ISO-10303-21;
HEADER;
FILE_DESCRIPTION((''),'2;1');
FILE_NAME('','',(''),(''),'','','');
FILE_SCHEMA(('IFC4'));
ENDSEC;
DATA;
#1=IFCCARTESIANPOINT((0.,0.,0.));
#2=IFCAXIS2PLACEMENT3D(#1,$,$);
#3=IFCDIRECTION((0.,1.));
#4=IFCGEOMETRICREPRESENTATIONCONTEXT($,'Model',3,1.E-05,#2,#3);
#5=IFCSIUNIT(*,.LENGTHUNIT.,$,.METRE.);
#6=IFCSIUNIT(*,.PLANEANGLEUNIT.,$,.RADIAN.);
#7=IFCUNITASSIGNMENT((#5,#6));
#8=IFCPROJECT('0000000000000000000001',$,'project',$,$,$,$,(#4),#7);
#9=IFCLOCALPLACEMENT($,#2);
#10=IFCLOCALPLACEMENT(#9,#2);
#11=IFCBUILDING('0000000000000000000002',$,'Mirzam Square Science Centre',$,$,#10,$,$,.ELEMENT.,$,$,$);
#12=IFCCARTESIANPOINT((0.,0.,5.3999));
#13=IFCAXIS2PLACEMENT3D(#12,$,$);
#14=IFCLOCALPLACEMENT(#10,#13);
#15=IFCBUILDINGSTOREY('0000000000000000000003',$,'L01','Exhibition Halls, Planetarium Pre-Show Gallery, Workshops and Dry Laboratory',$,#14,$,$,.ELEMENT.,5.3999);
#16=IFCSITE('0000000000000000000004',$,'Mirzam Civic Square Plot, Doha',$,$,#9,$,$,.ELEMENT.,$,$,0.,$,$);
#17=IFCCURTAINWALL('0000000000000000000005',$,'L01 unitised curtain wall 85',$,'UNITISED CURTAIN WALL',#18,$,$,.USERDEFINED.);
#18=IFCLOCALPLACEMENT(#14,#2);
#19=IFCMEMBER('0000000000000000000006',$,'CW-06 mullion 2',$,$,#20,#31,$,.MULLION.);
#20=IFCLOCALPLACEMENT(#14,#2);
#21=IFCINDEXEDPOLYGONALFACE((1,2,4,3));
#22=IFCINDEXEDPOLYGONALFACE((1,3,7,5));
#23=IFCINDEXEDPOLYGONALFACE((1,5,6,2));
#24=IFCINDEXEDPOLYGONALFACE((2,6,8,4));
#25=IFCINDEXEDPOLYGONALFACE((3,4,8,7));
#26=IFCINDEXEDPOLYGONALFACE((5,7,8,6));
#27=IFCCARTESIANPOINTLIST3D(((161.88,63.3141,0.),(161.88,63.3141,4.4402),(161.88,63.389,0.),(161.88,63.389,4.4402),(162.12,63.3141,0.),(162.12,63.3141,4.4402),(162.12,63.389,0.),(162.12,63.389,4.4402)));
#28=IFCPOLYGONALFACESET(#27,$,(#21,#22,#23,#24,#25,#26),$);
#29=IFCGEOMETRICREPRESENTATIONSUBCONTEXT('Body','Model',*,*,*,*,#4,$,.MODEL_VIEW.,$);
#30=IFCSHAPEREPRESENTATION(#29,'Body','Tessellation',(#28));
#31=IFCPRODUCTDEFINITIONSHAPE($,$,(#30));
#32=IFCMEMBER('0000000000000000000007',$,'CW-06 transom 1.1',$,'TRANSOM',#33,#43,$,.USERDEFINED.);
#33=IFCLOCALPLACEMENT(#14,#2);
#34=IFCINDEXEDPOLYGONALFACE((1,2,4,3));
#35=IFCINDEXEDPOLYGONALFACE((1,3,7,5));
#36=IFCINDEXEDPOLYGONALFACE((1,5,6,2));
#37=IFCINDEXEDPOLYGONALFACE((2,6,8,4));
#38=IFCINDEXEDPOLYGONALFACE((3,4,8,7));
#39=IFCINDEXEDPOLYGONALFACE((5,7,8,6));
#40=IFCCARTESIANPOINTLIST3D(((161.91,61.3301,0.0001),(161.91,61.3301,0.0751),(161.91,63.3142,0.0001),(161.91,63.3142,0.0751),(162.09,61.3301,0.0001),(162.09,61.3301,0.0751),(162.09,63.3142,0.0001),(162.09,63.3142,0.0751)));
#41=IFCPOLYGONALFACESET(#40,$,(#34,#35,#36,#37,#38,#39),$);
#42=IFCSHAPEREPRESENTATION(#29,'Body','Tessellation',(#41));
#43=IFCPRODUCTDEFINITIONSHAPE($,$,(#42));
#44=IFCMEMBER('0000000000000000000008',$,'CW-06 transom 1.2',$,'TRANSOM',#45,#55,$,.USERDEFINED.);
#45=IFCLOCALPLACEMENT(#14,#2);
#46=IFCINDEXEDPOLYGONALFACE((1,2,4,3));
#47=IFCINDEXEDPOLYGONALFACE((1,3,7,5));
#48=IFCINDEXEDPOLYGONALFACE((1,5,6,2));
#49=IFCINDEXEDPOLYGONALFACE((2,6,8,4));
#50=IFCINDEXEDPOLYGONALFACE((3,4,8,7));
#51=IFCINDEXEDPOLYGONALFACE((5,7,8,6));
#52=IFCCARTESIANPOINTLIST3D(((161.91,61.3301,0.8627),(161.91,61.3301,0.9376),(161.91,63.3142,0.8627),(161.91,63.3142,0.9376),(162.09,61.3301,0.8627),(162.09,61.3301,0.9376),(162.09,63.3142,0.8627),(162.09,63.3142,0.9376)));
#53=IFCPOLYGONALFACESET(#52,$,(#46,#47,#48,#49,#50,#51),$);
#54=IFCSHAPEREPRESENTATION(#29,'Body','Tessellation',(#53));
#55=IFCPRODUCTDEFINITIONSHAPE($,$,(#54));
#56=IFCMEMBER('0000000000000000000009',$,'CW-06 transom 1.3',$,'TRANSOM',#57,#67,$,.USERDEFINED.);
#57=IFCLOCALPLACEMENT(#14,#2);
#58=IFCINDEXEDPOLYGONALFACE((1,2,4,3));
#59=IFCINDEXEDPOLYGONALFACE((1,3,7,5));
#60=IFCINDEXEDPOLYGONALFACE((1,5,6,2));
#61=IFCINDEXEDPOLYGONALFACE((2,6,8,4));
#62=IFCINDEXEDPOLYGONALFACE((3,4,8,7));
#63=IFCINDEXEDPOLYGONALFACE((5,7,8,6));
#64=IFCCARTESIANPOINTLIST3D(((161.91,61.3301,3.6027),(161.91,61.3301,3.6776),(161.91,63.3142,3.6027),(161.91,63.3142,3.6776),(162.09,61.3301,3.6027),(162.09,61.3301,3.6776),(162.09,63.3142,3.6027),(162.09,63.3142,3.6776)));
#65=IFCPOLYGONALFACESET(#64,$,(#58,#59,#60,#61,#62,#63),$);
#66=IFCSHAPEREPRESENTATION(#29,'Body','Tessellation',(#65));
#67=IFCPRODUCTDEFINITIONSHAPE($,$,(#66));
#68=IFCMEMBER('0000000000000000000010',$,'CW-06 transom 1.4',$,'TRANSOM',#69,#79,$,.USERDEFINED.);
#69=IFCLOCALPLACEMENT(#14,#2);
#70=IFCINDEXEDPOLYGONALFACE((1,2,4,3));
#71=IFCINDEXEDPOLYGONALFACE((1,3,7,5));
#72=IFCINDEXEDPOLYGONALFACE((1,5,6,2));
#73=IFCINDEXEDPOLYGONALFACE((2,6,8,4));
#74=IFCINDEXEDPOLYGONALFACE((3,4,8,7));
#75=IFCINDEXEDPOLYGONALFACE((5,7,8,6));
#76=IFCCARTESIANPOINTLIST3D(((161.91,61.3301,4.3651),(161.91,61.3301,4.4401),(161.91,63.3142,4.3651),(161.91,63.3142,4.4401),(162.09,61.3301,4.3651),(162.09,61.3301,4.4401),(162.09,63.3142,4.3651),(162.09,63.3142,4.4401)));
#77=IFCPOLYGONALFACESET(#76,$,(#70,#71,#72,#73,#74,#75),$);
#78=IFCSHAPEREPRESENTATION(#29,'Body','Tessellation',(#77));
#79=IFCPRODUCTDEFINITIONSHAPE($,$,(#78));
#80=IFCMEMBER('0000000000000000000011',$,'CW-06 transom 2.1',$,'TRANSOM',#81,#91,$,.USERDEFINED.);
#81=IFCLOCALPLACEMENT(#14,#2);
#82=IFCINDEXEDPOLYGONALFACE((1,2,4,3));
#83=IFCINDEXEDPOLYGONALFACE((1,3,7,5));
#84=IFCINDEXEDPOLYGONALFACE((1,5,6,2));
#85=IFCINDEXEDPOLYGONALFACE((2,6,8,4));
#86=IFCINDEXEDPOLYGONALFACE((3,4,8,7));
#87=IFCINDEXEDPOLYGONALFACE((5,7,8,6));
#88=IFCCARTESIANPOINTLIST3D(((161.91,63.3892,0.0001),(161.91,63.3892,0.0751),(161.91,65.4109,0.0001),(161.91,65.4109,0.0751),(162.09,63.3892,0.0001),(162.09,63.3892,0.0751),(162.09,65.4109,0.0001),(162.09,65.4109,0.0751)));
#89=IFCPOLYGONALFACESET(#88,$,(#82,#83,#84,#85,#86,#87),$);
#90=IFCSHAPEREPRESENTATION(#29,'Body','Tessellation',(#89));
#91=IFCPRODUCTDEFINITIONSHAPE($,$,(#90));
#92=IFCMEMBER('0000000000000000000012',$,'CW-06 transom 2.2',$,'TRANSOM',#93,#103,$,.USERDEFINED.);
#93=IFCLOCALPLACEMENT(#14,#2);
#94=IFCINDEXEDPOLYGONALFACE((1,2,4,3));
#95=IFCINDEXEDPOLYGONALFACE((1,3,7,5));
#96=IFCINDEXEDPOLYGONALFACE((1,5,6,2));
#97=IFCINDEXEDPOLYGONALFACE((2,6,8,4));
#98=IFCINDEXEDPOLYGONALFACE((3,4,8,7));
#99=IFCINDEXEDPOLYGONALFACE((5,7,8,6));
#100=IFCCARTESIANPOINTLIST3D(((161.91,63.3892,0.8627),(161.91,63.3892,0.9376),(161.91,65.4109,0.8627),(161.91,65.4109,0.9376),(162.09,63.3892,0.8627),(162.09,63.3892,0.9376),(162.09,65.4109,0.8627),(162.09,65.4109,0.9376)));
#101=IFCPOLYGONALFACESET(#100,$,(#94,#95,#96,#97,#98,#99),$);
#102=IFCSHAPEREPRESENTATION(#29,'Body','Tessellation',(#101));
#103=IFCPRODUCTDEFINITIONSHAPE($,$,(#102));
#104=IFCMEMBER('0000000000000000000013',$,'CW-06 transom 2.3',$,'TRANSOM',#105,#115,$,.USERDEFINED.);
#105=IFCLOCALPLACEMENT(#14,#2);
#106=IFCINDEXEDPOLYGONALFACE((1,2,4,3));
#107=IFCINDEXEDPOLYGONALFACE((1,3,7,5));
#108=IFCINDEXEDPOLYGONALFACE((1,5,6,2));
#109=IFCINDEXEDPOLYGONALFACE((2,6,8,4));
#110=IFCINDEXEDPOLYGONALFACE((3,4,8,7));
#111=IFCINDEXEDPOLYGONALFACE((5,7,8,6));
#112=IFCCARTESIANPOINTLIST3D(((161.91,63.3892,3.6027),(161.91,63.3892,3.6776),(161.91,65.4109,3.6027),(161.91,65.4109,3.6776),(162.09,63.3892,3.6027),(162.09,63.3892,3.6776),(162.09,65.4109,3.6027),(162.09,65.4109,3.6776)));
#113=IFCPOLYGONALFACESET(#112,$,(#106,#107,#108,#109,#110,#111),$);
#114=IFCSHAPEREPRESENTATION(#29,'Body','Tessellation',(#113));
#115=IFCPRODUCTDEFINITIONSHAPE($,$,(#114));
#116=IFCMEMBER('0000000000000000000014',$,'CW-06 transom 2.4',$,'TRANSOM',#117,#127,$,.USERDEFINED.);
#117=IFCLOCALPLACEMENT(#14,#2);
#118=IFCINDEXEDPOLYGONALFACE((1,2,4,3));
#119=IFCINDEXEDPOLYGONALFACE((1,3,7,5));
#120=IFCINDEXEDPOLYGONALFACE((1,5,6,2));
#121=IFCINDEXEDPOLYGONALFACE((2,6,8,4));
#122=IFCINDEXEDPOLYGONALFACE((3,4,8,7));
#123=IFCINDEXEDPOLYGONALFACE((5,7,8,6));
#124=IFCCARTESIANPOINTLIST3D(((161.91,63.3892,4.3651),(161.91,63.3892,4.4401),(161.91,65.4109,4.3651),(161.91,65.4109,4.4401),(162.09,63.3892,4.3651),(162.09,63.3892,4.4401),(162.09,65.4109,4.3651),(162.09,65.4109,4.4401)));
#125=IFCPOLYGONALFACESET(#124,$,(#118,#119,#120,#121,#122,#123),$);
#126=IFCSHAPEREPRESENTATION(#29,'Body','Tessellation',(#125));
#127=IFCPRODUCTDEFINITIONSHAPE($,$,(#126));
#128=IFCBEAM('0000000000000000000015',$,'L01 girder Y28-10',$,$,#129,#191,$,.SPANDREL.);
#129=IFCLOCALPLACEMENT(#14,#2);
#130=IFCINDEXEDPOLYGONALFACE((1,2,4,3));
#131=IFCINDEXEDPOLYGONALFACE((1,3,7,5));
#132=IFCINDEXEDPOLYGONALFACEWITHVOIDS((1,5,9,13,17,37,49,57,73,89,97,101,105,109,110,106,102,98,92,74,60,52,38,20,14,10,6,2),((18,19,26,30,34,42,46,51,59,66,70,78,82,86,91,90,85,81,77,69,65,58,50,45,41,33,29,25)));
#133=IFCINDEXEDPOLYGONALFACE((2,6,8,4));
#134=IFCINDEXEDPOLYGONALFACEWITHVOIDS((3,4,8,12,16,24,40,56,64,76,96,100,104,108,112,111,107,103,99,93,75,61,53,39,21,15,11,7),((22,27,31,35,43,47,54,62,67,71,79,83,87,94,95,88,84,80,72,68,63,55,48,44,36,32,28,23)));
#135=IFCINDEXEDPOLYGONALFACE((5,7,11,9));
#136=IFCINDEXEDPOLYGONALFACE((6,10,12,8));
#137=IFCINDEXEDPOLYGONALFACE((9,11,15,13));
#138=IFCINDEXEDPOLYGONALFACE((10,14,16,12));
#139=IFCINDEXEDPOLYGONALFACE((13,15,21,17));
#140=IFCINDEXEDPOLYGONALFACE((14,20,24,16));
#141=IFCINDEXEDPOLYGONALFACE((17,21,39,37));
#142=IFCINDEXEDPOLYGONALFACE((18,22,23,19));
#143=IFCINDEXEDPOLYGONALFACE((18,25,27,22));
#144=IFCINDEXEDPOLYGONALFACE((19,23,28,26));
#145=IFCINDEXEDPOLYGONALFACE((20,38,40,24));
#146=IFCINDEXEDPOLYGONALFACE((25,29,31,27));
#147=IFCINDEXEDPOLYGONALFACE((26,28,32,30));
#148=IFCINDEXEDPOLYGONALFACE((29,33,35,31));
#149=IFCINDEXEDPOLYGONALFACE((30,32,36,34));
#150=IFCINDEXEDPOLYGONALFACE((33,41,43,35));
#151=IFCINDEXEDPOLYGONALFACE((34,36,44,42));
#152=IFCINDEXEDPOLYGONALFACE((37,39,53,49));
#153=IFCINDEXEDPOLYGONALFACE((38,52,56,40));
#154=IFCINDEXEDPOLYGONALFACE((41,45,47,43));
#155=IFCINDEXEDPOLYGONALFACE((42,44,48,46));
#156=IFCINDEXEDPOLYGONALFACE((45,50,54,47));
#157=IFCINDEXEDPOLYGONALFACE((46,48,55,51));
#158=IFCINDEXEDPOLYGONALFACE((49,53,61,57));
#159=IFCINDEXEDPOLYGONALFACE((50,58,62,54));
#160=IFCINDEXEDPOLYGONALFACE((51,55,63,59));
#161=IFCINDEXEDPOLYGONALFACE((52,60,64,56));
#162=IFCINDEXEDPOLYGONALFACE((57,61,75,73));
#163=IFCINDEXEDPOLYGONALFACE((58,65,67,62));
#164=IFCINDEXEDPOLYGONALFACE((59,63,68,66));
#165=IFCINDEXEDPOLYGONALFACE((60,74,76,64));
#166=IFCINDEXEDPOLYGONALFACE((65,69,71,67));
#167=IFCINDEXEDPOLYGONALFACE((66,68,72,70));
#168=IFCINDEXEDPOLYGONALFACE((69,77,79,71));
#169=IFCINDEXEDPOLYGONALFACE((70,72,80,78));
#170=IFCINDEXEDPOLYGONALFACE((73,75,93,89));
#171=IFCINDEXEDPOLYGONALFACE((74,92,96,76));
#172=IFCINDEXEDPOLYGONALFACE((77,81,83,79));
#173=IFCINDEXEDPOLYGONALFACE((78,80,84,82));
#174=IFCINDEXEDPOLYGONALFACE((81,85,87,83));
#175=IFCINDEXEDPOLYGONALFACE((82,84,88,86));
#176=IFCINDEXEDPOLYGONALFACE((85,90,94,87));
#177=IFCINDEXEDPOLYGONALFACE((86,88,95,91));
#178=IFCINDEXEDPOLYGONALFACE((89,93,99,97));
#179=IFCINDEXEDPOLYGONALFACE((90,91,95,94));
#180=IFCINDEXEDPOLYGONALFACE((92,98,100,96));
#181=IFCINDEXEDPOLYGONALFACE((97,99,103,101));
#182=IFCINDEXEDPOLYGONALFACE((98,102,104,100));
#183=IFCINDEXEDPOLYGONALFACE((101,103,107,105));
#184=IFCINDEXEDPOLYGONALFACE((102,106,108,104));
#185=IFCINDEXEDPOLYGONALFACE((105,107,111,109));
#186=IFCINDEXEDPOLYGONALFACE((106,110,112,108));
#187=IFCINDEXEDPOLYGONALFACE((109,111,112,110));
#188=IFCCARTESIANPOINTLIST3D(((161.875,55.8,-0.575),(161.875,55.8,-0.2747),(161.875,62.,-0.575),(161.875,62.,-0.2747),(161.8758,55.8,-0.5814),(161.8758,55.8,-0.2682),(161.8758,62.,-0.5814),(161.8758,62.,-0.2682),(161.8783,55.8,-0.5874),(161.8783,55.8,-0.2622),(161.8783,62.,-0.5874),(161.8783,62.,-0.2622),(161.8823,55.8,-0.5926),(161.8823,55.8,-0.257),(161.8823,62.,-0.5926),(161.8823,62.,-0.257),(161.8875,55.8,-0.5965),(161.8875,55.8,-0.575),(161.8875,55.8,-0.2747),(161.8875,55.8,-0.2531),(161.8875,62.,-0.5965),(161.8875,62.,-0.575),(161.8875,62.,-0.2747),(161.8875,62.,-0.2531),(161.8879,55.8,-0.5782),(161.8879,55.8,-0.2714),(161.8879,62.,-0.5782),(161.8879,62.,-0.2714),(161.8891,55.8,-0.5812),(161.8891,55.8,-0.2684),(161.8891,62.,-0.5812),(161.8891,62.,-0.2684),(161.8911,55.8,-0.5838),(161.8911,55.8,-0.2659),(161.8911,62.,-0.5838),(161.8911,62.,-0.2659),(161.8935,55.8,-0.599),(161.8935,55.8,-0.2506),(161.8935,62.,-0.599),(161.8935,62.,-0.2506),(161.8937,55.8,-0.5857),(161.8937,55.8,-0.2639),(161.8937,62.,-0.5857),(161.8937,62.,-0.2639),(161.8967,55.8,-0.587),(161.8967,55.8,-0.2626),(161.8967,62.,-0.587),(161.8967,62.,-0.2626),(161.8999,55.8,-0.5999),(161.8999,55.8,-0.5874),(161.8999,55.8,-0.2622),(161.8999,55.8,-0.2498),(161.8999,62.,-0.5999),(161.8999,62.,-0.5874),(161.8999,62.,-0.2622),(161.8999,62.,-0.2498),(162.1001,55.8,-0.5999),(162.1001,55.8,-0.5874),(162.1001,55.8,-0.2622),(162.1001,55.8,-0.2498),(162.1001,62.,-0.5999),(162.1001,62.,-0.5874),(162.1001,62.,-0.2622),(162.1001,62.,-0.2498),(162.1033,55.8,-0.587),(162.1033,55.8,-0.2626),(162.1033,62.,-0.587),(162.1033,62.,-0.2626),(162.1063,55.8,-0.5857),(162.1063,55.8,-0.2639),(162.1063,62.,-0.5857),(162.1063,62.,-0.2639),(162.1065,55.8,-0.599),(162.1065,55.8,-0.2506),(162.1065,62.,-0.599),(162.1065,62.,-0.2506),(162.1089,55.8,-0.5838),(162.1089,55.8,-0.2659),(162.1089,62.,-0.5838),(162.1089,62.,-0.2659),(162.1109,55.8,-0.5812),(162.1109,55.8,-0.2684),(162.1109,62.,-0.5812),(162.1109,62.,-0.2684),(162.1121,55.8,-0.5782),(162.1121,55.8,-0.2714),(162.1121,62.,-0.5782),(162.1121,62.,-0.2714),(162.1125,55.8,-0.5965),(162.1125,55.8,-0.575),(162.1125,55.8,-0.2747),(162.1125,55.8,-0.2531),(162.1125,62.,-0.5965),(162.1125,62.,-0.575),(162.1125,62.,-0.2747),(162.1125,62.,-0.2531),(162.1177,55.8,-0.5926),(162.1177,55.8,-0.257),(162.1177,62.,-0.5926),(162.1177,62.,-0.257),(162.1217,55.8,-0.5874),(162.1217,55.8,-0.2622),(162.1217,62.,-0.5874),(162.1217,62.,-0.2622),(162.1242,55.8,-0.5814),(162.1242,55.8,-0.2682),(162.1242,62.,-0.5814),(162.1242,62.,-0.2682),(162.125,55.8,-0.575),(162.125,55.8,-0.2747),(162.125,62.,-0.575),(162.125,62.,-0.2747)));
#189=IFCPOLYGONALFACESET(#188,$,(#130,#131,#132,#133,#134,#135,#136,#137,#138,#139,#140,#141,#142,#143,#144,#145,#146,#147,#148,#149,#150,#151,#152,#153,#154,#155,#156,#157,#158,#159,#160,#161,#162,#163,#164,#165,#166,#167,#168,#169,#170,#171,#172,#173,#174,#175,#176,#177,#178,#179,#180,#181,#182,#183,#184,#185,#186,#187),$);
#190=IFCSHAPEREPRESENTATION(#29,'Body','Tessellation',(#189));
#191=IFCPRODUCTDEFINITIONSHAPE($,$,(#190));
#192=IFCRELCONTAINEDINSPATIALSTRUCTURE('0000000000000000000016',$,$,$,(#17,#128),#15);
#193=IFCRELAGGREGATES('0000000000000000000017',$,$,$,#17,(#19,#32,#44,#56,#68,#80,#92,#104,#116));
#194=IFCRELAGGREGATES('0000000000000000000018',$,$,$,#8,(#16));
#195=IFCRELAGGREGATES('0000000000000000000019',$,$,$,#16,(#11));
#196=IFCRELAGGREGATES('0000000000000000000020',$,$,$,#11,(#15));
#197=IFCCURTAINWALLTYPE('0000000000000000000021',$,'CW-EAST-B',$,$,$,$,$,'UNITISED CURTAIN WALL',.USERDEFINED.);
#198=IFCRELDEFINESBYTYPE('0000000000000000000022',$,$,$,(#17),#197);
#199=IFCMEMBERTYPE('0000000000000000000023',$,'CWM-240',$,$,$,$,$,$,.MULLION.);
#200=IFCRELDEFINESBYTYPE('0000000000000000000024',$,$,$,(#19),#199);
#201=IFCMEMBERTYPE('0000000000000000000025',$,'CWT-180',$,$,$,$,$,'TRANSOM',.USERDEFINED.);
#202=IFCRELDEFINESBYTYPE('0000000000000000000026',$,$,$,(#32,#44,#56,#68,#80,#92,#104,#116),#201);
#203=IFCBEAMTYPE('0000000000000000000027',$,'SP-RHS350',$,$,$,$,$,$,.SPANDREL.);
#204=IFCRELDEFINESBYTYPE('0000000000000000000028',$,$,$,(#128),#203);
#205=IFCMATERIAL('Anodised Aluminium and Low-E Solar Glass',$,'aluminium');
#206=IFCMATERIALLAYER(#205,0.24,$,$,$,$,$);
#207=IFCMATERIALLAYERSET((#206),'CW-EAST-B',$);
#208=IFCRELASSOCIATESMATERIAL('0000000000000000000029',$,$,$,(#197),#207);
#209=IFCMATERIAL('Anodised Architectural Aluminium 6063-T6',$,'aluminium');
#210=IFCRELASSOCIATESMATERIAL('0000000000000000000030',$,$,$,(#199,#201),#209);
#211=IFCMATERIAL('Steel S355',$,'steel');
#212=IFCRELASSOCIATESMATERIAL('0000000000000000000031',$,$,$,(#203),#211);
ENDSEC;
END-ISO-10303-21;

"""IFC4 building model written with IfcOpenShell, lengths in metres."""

from ifc_helpers import new_model, si_unit, direction, frame, origin, origin_2d, place, context, subcontext, project, spatial, rectangle, hollow_rectangle, extrude, material, layer, layer_set, material_profile, profile_set, type_object, element, aggregate, save


model = new_model("IFC4")

# Units and contexts
model_context = context("Model", 3, precision=1e-05, world=origin(), true_north=direction((0.0, 1.0)))
body_context = subcontext(model_context, "Body", "Model", "MODEL_VIEW")
ifc_project = project(units=[si_unit("LENGTHUNIT", "METRE"), si_unit("PLANEANGLEUNIT", "RADIAN")], contexts=[model_context])

# Site, building, storey
site_placement = place(None, origin())
site = spatial("IfcSite", under=ifc_project, at=site_placement, Name="Mirzam Civic Square Plot, Doha", CompositionType="ELEMENT", RefElevation=0.0)
building_placement = place(site_placement, origin())
building = spatial("IfcBuilding", under=site, at=building_placement, Name="Mirzam Square Science Centre", CompositionType="ELEMENT")
storey_placement = place(building_placement, frame((0.0, 0.0, 5.3999)))
storey = spatial("IfcBuildingStorey", under=building, at=storey_placement, Name="L01", Description="Exhibition Halls, Planetarium Pre-Show Gallery, Workshops and Dry Laboratory", CompositionType="ELEMENT", Elevation=5.3999)

# Shared definitions
ifc_material_1 = material(Name="Steel S355", Category="steel")

# Curtain wall, members
ifc_material_2 = material(Name="Anodised Aluminium and Low-E Solar Glass", Category="aluminium")
ifc_layer_1 = layer(ifc_material_2, 0.24)
ifc_layer_set_1 = layer_set([ifc_layer_1], Name="CW-EAST-B")
curtain_wall_type = type_object("IfcCurtainWallType", Name="CW-EAST-B", ElementType="UNITISED CURTAIN WALL", PredefinedType="USERDEFINED", material=ifc_layer_set_1)
curtain_wall_placement = place(storey_placement, origin())
curtain_wall = element("IfcCurtainWall", 1, at=curtain_wall_placement, inside=storey, type_object=curtain_wall_type, Name="L01 unitised curtain wall 85", ObjectType="UNITISED CURTAIN WALL", PredefinedType="USERDEFINED")
ifc_material_3 = material(Name="Anodised Architectural Aluminium 6063-T6", Category="aluminium")
ifc_material_profile_1 = material_profile(ifc_material_3, rectangle(XDim=0.075, YDim=0.24, at=origin_2d()), Name="ALU-MULL-240x75x5")
ifc_profile_set_1 = profile_set([ifc_material_profile_1], Name="Anodised Architectural Aluminium 6063-T6")
member_type_1 = type_object("IfcMemberType", Name="CWM-240", PredefinedType="MULLION", material=ifc_profile_set_1)
member_1_placement = place(storey_placement, frame((162.0, 63.3516, 0.0), z_axis=(0.0, 0.0, 1.0), x_axis=(0.0, 1.0, 0.0)))
member_1 = element("IfcMember", 2, at=member_1_placement, type_object=member_type_1, Name="CW-06 mullion 2", PredefinedType="MULLION", context=body_context, shape_type="SweptSolid", body=[
    extrude(rectangle(XDim=0.075, YDim=0.24, at=origin_2d()), origin(), (0.0, 0.0, 1.0), 4.4402),
])
ifc_material_profile_2 = material_profile(ifc_material_3, rectangle(XDim=0.1799, YDim=0.075, at=origin_2d()), Name="ALU-TRAN-180x75x5")
ifc_profile_set_2 = profile_set([ifc_material_profile_2], Name="Anodised Architectural Aluminium 6063-T6")
member_type_2 = type_object("IfcMemberType", Name="CWT-180", ElementType="TRANSOM", PredefinedType="USERDEFINED", material=ifc_profile_set_2)
member_2_placement = place(storey_placement, frame((162.0, 61.3301, 0.0376), z_axis=(0.0, 1.0, 0.0), x_axis=(-1.0, 0.0, 0.0)))
member_2 = element("IfcMember", 3, at=member_2_placement, type_object=member_type_2, Name="CW-06 transom 1.1", ObjectType="TRANSOM", PredefinedType="USERDEFINED", context=body_context, shape_type="SweptSolid", body=[
    extrude(rectangle(XDim=0.1799, YDim=0.075, at=origin_2d()), origin(), (0.0, 0.0, 1.0), 1.9841),
])
member_3_placement = place(storey_placement, frame((162.0, 61.3301, 0.9001), z_axis=(0.0, 1.0, 0.0), x_axis=(-1.0, 0.0, 0.0)))
member_3 = element("IfcMember", 4, at=member_3_placement, type_object=member_type_2, Name="CW-06 transom 1.2", ObjectType="TRANSOM", PredefinedType="USERDEFINED", context=body_context, shape_type="SweptSolid", body=[
    extrude(rectangle(XDim=0.1799, YDim=0.075, at=origin_2d()), origin(), (0.0, 0.0, 1.0), 1.9841),
])
member_4_placement = place(storey_placement, frame((162.0, 61.3301, 3.6401), z_axis=(0.0, 1.0, 0.0), x_axis=(-1.0, 0.0, 0.0)))
member_4 = element("IfcMember", 5, at=member_4_placement, type_object=member_type_2, Name="CW-06 transom 1.3", ObjectType="TRANSOM", PredefinedType="USERDEFINED", context=body_context, shape_type="SweptSolid", body=[
    extrude(rectangle(XDim=0.1799, YDim=0.075, at=origin_2d()), origin(), (0.0, 0.0, 1.0), 1.9841),
])
member_5_placement = place(storey_placement, frame((162.0, 61.3301, 4.4026), z_axis=(0.0, 1.0, 0.0), x_axis=(-1.0, 0.0, 0.0)))
member_5 = element("IfcMember", 6, at=member_5_placement, type_object=member_type_2, Name="CW-06 transom 1.4", ObjectType="TRANSOM", PredefinedType="USERDEFINED", context=body_context, shape_type="SweptSolid", body=[
    extrude(rectangle(XDim=0.1799, YDim=0.075, at=origin_2d()), origin(), (0.0, 0.0, 1.0), 1.9841),
])
member_6_placement = place(storey_placement, frame((162.0, 63.3892, 0.0376), z_axis=(0.0, 1.0, 0.0), x_axis=(-1.0, 0.0, 0.0)))
member_6 = element("IfcMember", 7, at=member_6_placement, type_object=member_type_2, Name="CW-06 transom 2.1", ObjectType="TRANSOM", PredefinedType="USERDEFINED", context=body_context, shape_type="SweptSolid", body=[
    extrude(rectangle(XDim=0.1799, YDim=0.075, at=origin_2d()), origin(), (0.0, 0.0, 1.0), 2.0217),
])
member_7_placement = place(storey_placement, frame((162.0, 63.3892, 0.9001), z_axis=(0.0, 1.0, 0.0), x_axis=(-1.0, 0.0, 0.0)))
member_7 = element("IfcMember", 8, at=member_7_placement, type_object=member_type_2, Name="CW-06 transom 2.2", ObjectType="TRANSOM", PredefinedType="USERDEFINED", context=body_context, shape_type="SweptSolid", body=[
    extrude(rectangle(XDim=0.1799, YDim=0.075, at=origin_2d()), origin(), (0.0, 0.0, 1.0), 2.0217),
])
member_8_placement = place(storey_placement, frame((162.0, 63.3892, 3.6401), z_axis=(0.0, 1.0, 0.0), x_axis=(-1.0, 0.0, 0.0)))
member_8 = element("IfcMember", 9, at=member_8_placement, type_object=member_type_2, Name="CW-06 transom 2.3", ObjectType="TRANSOM", PredefinedType="USERDEFINED", context=body_context, shape_type="SweptSolid", body=[
    extrude(rectangle(XDim=0.1799, YDim=0.075, at=origin_2d()), origin(), (0.0, 0.0, 1.0), 2.0217),
])
member_9_placement = place(storey_placement, frame((162.0, 63.3892, 4.4026), z_axis=(0.0, 1.0, 0.0), x_axis=(-1.0, 0.0, 0.0)))
member_9 = element("IfcMember", 10, at=member_9_placement, type_object=member_type_2, Name="CW-06 transom 2.4", ObjectType="TRANSOM", PredefinedType="USERDEFINED", context=body_context, shape_type="SweptSolid", body=[
    extrude(rectangle(XDim=0.1799, YDim=0.075, at=origin_2d()), origin(), (0.0, 0.0, 1.0), 2.0217),
])

# Beam
ifc_material_profile_3 = material_profile(ifc_material_1, hollow_rectangle(XDim=0.25, YDim=0.3501, WallThickness=0.0125, InnerFilletRadius=0.0125, OuterFilletRadius=0.0249, at=origin_2d()), Name="350x250x12.5RHS")
ifc_profile_set_3 = profile_set([ifc_material_profile_3], Name="Steel S355")
beam_type = type_object("IfcBeamType", Name="SP-RHS350", PredefinedType="SPANDREL", material=ifc_profile_set_3)
for number, where, z_axis, x_axis, name in (
    (11, (162.0, 55.8, -0.4248), (0.0, 1.0, 0.0), (-1.0, 0.0, 0.0), "L01 girder Y28-10"),
):
    element("IfcBeam", number, at=place(storey_placement, frame(where, z_axis=z_axis, x_axis=x_axis)), inside=storey, type_object=beam_type, Name=name, PredefinedType="SPANDREL", context=body_context, shape_type="SweptSolid", body=[
        extrude(hollow_rectangle(XDim=0.25, YDim=0.3501, WallThickness=0.0125, InnerFilletRadius=0.0125, OuterFilletRadius=0.0249, at=origin_2d()), origin(), (0.0, 0.0, 1.0), 6.2),
    ])

aggregate(curtain_wall, [member_1, member_2, member_3, member_4, member_5, member_6, member_7, member_8, member_9])

save(model, "model.ifc")
